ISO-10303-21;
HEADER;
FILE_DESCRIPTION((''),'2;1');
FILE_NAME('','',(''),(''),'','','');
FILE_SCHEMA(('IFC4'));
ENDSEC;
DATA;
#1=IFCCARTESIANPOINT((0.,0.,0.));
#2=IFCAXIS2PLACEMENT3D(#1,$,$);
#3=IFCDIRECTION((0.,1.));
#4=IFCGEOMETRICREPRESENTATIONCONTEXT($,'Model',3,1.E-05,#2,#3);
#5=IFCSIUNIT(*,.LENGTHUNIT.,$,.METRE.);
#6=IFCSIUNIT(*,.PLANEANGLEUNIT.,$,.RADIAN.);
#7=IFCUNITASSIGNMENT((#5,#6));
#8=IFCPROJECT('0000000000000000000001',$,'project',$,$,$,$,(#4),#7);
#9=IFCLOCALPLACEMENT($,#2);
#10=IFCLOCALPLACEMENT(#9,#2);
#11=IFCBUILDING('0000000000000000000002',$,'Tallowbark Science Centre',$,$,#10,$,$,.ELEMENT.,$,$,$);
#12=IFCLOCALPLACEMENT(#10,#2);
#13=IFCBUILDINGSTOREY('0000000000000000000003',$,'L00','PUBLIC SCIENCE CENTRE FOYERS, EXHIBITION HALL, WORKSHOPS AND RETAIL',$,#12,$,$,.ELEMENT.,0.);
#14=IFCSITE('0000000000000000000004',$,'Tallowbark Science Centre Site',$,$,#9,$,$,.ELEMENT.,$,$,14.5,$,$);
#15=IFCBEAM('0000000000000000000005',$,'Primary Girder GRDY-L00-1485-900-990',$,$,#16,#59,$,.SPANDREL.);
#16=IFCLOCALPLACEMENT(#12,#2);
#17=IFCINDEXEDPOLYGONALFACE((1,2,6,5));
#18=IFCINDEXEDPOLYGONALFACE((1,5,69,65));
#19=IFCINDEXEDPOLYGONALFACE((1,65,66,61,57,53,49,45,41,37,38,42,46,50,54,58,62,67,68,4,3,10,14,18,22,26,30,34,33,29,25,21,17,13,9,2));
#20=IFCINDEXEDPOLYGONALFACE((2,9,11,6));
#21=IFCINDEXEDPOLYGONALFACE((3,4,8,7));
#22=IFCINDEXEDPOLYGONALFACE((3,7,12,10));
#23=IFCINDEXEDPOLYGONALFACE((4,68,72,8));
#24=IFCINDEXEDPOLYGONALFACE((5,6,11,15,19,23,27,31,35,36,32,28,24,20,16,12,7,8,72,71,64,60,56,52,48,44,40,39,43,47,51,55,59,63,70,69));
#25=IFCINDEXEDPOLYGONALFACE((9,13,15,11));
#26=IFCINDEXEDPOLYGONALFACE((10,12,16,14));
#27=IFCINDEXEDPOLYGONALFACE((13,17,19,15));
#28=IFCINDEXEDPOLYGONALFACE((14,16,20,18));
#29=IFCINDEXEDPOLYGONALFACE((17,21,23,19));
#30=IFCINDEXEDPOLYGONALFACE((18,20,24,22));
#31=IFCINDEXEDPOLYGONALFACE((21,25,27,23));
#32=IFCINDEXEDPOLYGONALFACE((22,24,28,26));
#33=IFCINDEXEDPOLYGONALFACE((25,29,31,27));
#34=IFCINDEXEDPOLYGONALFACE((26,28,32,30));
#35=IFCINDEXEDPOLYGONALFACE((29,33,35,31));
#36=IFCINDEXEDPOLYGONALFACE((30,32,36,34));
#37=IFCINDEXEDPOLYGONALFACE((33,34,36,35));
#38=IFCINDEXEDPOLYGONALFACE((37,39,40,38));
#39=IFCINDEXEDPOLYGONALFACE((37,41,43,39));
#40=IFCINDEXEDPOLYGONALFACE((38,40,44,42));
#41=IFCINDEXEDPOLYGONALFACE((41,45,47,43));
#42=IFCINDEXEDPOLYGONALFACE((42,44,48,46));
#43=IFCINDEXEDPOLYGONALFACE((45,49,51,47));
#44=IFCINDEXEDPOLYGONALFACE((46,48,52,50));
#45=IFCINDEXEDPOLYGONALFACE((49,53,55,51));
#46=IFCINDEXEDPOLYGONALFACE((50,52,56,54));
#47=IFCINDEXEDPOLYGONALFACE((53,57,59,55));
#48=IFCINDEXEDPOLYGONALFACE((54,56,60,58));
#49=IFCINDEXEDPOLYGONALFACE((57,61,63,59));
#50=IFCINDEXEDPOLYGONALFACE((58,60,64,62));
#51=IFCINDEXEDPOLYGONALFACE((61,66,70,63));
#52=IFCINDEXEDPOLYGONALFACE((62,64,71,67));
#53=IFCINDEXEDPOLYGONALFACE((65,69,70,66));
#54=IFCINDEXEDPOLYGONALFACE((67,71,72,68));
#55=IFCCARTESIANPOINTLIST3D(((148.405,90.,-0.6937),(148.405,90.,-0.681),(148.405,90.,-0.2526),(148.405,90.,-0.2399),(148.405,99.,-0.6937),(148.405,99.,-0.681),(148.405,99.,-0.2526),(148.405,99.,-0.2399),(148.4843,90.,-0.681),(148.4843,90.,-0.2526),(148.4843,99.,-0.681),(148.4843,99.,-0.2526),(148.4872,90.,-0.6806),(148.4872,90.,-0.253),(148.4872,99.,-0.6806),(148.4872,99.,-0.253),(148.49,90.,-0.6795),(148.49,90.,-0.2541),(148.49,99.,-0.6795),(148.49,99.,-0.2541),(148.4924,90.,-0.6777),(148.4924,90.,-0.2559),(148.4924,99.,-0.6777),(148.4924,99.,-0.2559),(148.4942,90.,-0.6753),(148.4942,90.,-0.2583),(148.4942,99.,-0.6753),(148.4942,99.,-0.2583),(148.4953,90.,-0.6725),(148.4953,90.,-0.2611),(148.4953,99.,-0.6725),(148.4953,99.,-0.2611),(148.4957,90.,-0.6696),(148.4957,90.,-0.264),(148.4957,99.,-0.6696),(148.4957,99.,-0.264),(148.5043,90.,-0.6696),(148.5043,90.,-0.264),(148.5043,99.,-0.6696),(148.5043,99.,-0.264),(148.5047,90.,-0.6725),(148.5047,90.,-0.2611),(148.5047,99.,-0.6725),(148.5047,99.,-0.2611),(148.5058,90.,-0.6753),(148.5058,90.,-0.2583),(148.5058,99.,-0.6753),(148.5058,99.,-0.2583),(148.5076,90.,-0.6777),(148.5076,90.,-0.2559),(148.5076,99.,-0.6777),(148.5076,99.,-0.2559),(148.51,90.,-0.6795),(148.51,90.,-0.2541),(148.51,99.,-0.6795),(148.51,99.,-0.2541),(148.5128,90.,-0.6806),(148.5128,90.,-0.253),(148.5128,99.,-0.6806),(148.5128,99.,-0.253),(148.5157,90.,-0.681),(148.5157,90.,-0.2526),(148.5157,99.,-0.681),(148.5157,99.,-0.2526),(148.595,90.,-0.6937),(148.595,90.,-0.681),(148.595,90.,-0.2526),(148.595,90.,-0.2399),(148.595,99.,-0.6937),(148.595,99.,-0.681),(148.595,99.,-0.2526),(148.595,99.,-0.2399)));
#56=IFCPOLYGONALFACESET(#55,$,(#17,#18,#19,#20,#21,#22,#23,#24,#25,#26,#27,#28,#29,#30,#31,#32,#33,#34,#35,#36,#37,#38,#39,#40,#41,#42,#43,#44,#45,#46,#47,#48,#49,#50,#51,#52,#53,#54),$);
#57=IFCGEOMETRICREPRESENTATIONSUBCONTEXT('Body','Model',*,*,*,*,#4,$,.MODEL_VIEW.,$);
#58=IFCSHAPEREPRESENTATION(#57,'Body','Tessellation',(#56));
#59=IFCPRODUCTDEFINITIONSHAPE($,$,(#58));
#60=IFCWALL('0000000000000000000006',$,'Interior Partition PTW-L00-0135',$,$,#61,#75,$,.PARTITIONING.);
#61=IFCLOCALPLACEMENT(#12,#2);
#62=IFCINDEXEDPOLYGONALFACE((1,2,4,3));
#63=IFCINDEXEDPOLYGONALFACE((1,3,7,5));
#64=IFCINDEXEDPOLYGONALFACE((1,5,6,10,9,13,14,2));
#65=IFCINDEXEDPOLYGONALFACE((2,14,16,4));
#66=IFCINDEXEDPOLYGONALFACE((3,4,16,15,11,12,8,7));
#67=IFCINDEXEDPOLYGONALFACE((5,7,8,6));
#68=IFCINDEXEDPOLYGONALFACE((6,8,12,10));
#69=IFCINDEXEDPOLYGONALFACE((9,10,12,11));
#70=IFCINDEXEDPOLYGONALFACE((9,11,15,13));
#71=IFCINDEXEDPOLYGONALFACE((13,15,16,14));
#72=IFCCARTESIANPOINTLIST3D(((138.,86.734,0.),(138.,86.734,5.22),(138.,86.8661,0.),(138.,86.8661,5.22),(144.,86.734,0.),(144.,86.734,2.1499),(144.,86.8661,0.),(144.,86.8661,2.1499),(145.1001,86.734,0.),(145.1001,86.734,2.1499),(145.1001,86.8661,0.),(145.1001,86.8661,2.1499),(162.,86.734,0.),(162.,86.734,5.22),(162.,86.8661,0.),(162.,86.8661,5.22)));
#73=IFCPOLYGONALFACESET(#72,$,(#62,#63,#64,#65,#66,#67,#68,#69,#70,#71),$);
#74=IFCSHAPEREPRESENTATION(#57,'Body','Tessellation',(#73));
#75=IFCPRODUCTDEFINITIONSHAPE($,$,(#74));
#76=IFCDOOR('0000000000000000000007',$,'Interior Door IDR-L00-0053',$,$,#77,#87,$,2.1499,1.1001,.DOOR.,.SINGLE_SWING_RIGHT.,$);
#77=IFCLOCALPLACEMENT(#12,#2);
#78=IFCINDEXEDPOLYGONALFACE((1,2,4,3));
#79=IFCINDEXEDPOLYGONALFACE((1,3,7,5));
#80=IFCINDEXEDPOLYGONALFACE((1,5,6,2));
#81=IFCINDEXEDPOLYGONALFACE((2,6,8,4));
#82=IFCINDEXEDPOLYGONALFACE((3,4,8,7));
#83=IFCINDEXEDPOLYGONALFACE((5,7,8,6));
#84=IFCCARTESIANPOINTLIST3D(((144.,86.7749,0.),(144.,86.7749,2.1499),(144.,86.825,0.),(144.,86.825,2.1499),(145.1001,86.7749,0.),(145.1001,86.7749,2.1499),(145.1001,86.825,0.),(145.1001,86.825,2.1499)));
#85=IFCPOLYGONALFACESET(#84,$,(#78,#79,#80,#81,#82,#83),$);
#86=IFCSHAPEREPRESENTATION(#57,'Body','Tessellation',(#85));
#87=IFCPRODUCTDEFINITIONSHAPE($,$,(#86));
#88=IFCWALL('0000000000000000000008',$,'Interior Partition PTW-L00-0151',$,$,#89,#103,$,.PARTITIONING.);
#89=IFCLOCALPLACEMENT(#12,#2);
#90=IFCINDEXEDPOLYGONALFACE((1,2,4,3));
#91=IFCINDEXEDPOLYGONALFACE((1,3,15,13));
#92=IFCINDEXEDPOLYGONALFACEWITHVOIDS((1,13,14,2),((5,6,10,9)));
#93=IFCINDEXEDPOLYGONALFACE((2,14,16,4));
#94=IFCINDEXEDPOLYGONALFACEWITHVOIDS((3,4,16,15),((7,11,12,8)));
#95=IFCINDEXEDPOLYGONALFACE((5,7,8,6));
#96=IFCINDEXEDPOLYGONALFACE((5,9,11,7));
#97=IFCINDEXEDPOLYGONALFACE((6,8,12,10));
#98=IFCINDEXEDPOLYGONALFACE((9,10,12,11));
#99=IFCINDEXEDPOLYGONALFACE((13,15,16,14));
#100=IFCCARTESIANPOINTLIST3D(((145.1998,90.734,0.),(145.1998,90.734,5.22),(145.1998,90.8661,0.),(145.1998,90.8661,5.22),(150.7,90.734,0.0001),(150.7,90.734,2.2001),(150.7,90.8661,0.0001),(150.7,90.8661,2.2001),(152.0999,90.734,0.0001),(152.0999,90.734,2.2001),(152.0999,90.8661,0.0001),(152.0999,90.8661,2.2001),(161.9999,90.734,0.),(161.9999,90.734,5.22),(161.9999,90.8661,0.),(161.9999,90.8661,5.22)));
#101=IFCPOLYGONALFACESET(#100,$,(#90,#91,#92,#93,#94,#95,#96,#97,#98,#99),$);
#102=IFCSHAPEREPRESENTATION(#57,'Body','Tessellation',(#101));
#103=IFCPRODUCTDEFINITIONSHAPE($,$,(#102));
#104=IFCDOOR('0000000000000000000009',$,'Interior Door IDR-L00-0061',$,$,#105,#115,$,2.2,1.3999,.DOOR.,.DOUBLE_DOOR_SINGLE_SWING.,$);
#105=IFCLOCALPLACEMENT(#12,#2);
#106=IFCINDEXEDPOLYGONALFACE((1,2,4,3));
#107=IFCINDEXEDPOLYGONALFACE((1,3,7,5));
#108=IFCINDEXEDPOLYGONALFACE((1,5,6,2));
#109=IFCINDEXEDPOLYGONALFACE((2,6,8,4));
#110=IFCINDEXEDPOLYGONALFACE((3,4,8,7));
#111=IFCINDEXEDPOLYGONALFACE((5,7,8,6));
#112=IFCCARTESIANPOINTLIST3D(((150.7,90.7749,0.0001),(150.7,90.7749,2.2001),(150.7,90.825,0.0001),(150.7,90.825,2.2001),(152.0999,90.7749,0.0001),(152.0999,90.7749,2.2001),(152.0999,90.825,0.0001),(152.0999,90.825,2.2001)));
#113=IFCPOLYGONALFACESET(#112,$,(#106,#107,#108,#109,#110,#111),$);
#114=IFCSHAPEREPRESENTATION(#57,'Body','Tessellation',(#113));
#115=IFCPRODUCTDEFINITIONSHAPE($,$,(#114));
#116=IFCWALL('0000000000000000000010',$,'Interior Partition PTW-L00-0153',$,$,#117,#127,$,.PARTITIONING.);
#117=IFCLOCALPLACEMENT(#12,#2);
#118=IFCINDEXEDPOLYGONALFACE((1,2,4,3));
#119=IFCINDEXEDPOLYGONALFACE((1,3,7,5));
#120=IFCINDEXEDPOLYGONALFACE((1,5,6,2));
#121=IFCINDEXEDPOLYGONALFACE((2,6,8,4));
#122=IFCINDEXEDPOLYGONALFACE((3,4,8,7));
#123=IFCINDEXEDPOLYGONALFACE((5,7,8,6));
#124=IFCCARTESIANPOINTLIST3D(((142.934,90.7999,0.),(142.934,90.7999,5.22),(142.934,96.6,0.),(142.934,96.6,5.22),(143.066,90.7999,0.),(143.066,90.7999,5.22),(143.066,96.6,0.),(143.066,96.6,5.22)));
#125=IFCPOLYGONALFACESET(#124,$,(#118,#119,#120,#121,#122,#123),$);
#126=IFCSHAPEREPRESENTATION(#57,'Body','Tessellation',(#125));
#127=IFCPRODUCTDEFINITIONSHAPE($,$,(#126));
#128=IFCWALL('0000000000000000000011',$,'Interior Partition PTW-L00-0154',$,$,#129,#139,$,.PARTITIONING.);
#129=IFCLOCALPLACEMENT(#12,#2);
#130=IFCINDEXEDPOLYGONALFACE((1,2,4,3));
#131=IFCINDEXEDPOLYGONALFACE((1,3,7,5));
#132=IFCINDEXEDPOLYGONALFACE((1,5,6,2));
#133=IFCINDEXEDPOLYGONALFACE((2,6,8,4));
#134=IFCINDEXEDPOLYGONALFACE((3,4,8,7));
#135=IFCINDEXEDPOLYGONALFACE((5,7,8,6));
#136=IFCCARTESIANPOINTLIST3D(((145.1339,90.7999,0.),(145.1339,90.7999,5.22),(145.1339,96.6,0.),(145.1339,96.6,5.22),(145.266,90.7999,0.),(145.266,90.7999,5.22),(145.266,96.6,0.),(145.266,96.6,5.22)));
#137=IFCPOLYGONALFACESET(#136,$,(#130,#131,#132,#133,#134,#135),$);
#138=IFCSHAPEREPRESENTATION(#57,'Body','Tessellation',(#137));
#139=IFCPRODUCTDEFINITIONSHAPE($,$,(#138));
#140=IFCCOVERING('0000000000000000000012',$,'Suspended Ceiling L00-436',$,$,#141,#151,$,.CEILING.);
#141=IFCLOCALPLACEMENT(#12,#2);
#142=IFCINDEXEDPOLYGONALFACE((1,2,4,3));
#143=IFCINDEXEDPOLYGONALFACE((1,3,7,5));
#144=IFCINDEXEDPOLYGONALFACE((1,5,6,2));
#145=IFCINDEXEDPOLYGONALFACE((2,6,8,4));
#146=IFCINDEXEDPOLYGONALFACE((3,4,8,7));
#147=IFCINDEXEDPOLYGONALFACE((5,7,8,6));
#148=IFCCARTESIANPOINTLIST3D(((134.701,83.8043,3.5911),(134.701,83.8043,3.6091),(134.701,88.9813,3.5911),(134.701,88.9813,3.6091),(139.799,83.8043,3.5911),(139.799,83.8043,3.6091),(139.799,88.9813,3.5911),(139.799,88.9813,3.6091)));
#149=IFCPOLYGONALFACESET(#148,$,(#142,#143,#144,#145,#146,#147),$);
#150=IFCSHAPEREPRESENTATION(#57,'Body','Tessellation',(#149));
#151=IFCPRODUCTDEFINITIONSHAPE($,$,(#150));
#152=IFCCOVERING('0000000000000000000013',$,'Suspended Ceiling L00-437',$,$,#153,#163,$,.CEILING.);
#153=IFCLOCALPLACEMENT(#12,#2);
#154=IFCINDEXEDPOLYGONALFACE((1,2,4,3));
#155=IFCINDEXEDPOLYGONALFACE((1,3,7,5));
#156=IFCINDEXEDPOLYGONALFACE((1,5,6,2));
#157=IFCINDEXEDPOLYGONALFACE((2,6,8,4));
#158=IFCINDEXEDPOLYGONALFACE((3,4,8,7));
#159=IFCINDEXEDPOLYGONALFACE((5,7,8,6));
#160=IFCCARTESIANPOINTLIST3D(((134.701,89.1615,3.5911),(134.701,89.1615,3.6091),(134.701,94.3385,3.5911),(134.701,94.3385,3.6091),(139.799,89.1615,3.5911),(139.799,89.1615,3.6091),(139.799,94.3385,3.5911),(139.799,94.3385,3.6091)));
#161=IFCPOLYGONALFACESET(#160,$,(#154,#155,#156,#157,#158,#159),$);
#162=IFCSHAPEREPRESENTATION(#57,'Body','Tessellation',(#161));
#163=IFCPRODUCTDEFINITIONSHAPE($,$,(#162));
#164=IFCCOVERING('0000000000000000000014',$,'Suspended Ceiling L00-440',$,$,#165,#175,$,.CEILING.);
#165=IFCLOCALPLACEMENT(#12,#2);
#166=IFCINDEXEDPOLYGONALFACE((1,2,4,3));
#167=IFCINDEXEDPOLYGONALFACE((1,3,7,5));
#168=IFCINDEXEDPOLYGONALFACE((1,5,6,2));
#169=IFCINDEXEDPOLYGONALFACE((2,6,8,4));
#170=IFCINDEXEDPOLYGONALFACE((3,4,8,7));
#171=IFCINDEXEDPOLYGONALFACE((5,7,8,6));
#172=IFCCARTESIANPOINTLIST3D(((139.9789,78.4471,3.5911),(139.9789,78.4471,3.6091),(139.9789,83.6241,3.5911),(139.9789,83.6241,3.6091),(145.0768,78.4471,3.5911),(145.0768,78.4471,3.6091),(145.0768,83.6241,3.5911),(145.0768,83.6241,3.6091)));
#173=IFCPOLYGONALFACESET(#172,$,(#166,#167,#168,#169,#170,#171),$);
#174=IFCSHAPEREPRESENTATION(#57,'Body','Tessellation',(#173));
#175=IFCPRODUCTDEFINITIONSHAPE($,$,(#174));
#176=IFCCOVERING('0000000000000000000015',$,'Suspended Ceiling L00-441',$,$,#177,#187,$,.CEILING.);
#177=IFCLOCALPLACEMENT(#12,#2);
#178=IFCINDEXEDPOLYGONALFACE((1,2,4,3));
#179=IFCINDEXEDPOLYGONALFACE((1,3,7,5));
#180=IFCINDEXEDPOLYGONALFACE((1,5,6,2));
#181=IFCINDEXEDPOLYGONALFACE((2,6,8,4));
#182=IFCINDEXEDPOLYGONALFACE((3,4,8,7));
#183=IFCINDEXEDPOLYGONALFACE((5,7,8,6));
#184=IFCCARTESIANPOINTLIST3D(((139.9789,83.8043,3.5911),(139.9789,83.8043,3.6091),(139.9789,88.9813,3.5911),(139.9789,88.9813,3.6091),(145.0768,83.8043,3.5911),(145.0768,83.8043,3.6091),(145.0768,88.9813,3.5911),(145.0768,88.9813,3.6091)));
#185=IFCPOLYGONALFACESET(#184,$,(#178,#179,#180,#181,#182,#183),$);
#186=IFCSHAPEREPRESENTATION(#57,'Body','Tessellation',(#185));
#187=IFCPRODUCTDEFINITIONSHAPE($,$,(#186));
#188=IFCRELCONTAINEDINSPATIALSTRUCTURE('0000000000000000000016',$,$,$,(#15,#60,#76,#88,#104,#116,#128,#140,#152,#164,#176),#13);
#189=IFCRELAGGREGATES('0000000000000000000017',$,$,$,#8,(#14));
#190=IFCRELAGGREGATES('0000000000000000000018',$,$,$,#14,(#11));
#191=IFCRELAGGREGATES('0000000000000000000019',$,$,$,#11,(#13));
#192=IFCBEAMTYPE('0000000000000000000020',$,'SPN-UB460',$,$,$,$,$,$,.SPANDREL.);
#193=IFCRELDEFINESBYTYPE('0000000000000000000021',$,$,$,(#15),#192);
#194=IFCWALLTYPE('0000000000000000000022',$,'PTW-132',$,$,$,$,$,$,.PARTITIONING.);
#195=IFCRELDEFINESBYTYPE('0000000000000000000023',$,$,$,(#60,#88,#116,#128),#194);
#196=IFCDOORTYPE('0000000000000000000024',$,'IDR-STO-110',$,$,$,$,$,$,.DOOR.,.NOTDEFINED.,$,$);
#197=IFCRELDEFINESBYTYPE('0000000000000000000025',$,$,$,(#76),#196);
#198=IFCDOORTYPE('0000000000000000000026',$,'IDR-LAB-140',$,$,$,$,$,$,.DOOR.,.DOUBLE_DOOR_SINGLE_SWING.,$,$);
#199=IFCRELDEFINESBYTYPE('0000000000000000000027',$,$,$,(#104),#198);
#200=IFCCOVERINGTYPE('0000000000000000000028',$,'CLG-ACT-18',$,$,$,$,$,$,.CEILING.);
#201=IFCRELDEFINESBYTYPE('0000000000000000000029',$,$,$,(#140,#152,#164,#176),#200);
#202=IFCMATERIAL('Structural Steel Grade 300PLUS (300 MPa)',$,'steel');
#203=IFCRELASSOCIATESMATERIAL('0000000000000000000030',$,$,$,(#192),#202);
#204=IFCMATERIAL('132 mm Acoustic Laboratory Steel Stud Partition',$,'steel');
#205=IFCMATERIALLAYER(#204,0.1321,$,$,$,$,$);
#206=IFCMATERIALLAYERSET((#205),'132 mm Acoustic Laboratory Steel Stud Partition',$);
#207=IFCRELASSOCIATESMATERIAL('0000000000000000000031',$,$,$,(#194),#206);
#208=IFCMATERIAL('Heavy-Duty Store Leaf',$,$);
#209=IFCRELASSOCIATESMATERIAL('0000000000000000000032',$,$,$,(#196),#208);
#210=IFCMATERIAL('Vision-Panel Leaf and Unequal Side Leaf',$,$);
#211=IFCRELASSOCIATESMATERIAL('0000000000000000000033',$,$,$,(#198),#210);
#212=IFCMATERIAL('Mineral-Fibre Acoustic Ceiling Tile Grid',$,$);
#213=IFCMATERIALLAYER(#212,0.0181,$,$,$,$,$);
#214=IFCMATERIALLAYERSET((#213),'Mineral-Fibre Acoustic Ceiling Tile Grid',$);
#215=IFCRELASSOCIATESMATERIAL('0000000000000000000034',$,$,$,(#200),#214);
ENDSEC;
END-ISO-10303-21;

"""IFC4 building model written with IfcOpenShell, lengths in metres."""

from ifc_helpers import new_model, si_unit, direction, frame, frame_2d, origin, origin_2d, place, context, subcontext, project, spatial, rectangle, i_section, extrude, material, layer, layer_set, material_profile, profile_set, type_object, element, fill, save


model = new_model("IFC4")

# Units and contexts
model_context = context("Model", 3, precision=1e-05, world=origin(), true_north=direction((0.0, 1.0)))
body_context = subcontext(model_context, "Body", "Model", "MODEL_VIEW")
ifc_project = project(units=[si_unit("LENGTHUNIT", "METRE"), si_unit("PLANEANGLEUNIT", "RADIAN")], contexts=[model_context])

# Site, building, storey
site_placement = place(None, origin())
site = spatial("IfcSite", under=ifc_project, at=site_placement, Name="Tallowbark Science Centre Site", CompositionType="ELEMENT", RefElevation=14.5)
building_placement = place(site_placement, origin())
building = spatial("IfcBuilding", under=site, at=building_placement, Name="Tallowbark Science Centre", CompositionType="ELEMENT")
storey_placement = place(building_placement, origin())
storey = spatial("IfcBuildingStorey", under=building, at=storey_placement, Name="L00", Description="PUBLIC SCIENCE CENTRE FOYERS, EXHIBITION HALL, WORKSHOPS AND RETAIL", CompositionType="ELEMENT", Elevation=0.0)

# Shared definitions
ifc_material_1 = material(Name="Structural Steel Grade 300PLUS (300 MPa)", Category="steel")

# Beam
ifc_material_profile_1 = material_profile(ifc_material_1, i_section(OverallWidth=0.1899, OverallDepth=0.4539, WebThickness=0.0085, FlangeThickness=0.0127, FilletRadius=0.0115, at=origin_2d()), Name="460UB67.1")
ifc_profile_set_1 = profile_set([ifc_material_profile_1], Name="Structural Steel Grade 300PLUS (300 MPa)")
beam_type_1 = type_object("IfcBeamType", Name="SPN-UB460", PredefinedType="SPANDREL", material=ifc_profile_set_1)
beam_placement = place(storey_placement, frame((148.5, 90.0, -0.4668), z_axis=(0.0, 1.0, 0.0), x_axis=(-1.0, 0.0, 0.0)))
element("IfcBeam", 1, at=beam_placement, inside=storey, type_object=beam_type_1, Name="Primary Girder GRDY-L00-1485-900-990", PredefinedType="SPANDREL", context=body_context, shape_type="SweptSolid", body=[
    extrude(i_section(OverallWidth=0.1899, OverallDepth=0.4539, WebThickness=0.0085, FlangeThickness=0.0127, FilletRadius=0.0115, at=origin_2d()), origin(), (0.0, 0.0, 1.0), 9.0),
])

# Walls, openings, doors
ifc_material_2 = material(Name="132 mm Acoustic Laboratory Steel Stud Partition", Category="steel")
ifc_layer_1 = layer(ifc_material_2, 0.1321)
ifc_layer_set_1 = layer_set([ifc_layer_1], Name="132 mm Acoustic Laboratory Steel Stud Partition")
wall_type = type_object("IfcWallType", Name="PTW-132", PredefinedType="PARTITIONING", material=ifc_layer_set_1)
wall_1_placement = place(storey_placement, frame((138.0, 86.8, 0.0), z_axis=(0.0, 0.0, 1.0), x_axis=(1.0, 0.0, 0.0)))
wall_1 = element("IfcWall", 2, at=wall_1_placement, inside=storey, type_object=wall_type, Name="Interior Partition PTW-L00-0135", PredefinedType="PARTITIONING", context=body_context, shape_type="SweptSolid", body=[
    extrude(rectangle(XDim=24.0, YDim=0.1321, at=frame_2d((12.0, 0.0))), origin(), (0.0, 0.0, 1.0), 5.22),
])
opening_1_placement = place(wall_1_placement, frame((6.0, 0.0, 0.0)))
opening_1 = element("IfcOpeningElement", 3, at=opening_1_placement, cuts=wall_1, PredefinedType="OPENING", context=body_context, shape_type="SweptSolid", body=[
    extrude(rectangle(XDim=1.1001, YDim=2.1499, at=frame_2d((0.55, 1.075))), frame((0.0, 0.0762, 0.0), z_axis=(0.0, -1.0, 0.0), x_axis=(1.0, 0.0, 0.0)), (0.0, 0.0, 1.0), 0.1521),
])
ifc_material_3 = material(Name="Heavy-Duty Store Leaf")
door_type_1 = type_object("IfcDoorType", Name="IDR-STO-110", OperationType="NOTDEFINED", PredefinedType="DOOR", material=ifc_material_3)
door_1_placement = place(opening_1_placement, origin())
door_1 = element("IfcDoor", 4, at=door_1_placement, inside=storey, type_object=door_type_1, Name="Interior Door IDR-L00-0053", OperationType="SINGLE_SWING_RIGHT", OverallHeight=2.1499, OverallWidth=1.1001, PredefinedType="DOOR", context=body_context, shape_type="SweptSolid", body=[
    extrude(rectangle(XDim=1.1001, YDim=2.1499, at=frame_2d((0.55, 1.075))), frame((0.0, 0.0249, 0.0), z_axis=(0.0, -1.0, 0.0), x_axis=(1.0, 0.0, 0.0)), (0.0, 0.0, 1.0), 0.05),
])
fill(opening_1, door_1)
wall_2_placement = place(storey_placement, frame((145.2, 90.8, 0.0), z_axis=(0.0, 0.0, 1.0), x_axis=(1.0, 0.0, 0.0)))
wall_2 = element("IfcWall", 5, at=wall_2_placement, inside=storey, type_object=wall_type, Name="Interior Partition PTW-L00-0151", PredefinedType="PARTITIONING", context=body_context, shape_type="SweptSolid", body=[
    extrude(rectangle(XDim=16.8, YDim=0.1321, at=frame_2d((8.3999, 0.0))), origin(), (0.0, 0.0, 1.0), 5.22),
])
opening_2_placement = place(wall_2_placement, frame((5.5, 0.0, 0.0)))
opening_2 = element("IfcOpeningElement", 6, at=opening_2_placement, cuts=wall_2, PredefinedType="OPENING", context=body_context, shape_type="SweptSolid", body=[
    extrude(rectangle(XDim=1.3999, YDim=2.2, at=frame_2d((0.7, 1.1001))), frame((0.0, 0.0762, 0.0), z_axis=(0.0, -1.0, 0.0), x_axis=(1.0, 0.0, 0.0)), (0.0, 0.0, 1.0), 0.1521),
])
ifc_material_4 = material(Name="Vision-Panel Leaf and Unequal Side Leaf")
door_type_2 = type_object("IfcDoorType", Name="IDR-LAB-140", OperationType="DOUBLE_DOOR_SINGLE_SWING", PredefinedType="DOOR", material=ifc_material_4)
door_2_placement = place(opening_2_placement, origin())
door_2 = element("IfcDoor", 7, at=door_2_placement, inside=storey, type_object=door_type_2, Name="Interior Door IDR-L00-0061", OperationType="DOUBLE_DOOR_SINGLE_SWING", OverallHeight=2.2, OverallWidth=1.3999, PredefinedType="DOOR", context=body_context, shape_type="SweptSolid", body=[
    extrude(rectangle(XDim=1.3999, YDim=2.2, at=frame_2d((0.7, 1.1001))), frame((0.0, 0.0249, 0.0), z_axis=(0.0, -1.0, 0.0), x_axis=(1.0, 0.0, 0.0)), (0.0, 0.0, 1.0), 0.05),
])
fill(opening_2, door_2)

# Walls
for number, where, z_axis, x_axis, name in (
    (8, (143.0, 90.8, 0.0), (0.0, 0.0, 1.0), (0.0, 1.0, 0.0), "Interior Partition PTW-L00-0153"),
    (9, (145.2, 90.8, 0.0), (0.0, 0.0, 1.0), (0.0, 1.0, 0.0), "Interior Partition PTW-L00-0154"),
):
    element("IfcWall", number, at=place(storey_placement, frame(where, z_axis=z_axis, x_axis=x_axis)), inside=storey, type_object=wall_type, Name=name, PredefinedType="PARTITIONING", context=body_context, shape_type="SweptSolid", body=[
        extrude(rectangle(XDim=5.8, YDim=0.1321, at=frame_2d((2.8999, 0.0))), origin(), (0.0, 0.0, 1.0), 5.22),
    ])

# Coverings
ifc_material_5 = material(Name="Mineral-Fibre Acoustic Ceiling Tile Grid")
ifc_layer_2 = layer(ifc_material_5, 0.0181)
ifc_layer_set_2 = layer_set([ifc_layer_2], Name="Mineral-Fibre Acoustic Ceiling Tile Grid")
covering_type_1 = type_object("IfcCoveringType", Name="CLG-ACT-18", PredefinedType="CEILING", material=ifc_layer_set_2)
for number, where, z_axis, x_axis, name in (
    (10, (137.25, 86.3928, 3.5911), (0.0, 0.0, 1.0), (1.0, 0.0, 0.0), "Suspended Ceiling L00-436"),
    (11, (137.25, 91.75, 3.5911), (0.0, 0.0, 1.0), (1.0, 0.0, 0.0), "Suspended Ceiling L00-437"),
    (12, (142.5278, 81.0356, 3.5911), (0.0, 0.0, 1.0), (1.0, 0.0, 0.0), "Suspended Ceiling L00-440"),
    (13, (142.5278, 86.3928, 3.5911), (0.0, 0.0, 1.0), (1.0, 0.0, 0.0), "Suspended Ceiling L00-441"),
):
    element("IfcCovering", number, at=place(storey_placement, frame(where, z_axis=z_axis, x_axis=x_axis)), inside=storey, type_object=covering_type_1, Name=name, PredefinedType="CEILING", context=body_context, shape_type="SweptSolid", body=[
        extrude(rectangle(XDim=5.0979, YDim=5.177, at=origin_2d()), origin(), (0.0, 0.0, 1.0), 0.0181),
    ])

save(model, "model.ifc")
